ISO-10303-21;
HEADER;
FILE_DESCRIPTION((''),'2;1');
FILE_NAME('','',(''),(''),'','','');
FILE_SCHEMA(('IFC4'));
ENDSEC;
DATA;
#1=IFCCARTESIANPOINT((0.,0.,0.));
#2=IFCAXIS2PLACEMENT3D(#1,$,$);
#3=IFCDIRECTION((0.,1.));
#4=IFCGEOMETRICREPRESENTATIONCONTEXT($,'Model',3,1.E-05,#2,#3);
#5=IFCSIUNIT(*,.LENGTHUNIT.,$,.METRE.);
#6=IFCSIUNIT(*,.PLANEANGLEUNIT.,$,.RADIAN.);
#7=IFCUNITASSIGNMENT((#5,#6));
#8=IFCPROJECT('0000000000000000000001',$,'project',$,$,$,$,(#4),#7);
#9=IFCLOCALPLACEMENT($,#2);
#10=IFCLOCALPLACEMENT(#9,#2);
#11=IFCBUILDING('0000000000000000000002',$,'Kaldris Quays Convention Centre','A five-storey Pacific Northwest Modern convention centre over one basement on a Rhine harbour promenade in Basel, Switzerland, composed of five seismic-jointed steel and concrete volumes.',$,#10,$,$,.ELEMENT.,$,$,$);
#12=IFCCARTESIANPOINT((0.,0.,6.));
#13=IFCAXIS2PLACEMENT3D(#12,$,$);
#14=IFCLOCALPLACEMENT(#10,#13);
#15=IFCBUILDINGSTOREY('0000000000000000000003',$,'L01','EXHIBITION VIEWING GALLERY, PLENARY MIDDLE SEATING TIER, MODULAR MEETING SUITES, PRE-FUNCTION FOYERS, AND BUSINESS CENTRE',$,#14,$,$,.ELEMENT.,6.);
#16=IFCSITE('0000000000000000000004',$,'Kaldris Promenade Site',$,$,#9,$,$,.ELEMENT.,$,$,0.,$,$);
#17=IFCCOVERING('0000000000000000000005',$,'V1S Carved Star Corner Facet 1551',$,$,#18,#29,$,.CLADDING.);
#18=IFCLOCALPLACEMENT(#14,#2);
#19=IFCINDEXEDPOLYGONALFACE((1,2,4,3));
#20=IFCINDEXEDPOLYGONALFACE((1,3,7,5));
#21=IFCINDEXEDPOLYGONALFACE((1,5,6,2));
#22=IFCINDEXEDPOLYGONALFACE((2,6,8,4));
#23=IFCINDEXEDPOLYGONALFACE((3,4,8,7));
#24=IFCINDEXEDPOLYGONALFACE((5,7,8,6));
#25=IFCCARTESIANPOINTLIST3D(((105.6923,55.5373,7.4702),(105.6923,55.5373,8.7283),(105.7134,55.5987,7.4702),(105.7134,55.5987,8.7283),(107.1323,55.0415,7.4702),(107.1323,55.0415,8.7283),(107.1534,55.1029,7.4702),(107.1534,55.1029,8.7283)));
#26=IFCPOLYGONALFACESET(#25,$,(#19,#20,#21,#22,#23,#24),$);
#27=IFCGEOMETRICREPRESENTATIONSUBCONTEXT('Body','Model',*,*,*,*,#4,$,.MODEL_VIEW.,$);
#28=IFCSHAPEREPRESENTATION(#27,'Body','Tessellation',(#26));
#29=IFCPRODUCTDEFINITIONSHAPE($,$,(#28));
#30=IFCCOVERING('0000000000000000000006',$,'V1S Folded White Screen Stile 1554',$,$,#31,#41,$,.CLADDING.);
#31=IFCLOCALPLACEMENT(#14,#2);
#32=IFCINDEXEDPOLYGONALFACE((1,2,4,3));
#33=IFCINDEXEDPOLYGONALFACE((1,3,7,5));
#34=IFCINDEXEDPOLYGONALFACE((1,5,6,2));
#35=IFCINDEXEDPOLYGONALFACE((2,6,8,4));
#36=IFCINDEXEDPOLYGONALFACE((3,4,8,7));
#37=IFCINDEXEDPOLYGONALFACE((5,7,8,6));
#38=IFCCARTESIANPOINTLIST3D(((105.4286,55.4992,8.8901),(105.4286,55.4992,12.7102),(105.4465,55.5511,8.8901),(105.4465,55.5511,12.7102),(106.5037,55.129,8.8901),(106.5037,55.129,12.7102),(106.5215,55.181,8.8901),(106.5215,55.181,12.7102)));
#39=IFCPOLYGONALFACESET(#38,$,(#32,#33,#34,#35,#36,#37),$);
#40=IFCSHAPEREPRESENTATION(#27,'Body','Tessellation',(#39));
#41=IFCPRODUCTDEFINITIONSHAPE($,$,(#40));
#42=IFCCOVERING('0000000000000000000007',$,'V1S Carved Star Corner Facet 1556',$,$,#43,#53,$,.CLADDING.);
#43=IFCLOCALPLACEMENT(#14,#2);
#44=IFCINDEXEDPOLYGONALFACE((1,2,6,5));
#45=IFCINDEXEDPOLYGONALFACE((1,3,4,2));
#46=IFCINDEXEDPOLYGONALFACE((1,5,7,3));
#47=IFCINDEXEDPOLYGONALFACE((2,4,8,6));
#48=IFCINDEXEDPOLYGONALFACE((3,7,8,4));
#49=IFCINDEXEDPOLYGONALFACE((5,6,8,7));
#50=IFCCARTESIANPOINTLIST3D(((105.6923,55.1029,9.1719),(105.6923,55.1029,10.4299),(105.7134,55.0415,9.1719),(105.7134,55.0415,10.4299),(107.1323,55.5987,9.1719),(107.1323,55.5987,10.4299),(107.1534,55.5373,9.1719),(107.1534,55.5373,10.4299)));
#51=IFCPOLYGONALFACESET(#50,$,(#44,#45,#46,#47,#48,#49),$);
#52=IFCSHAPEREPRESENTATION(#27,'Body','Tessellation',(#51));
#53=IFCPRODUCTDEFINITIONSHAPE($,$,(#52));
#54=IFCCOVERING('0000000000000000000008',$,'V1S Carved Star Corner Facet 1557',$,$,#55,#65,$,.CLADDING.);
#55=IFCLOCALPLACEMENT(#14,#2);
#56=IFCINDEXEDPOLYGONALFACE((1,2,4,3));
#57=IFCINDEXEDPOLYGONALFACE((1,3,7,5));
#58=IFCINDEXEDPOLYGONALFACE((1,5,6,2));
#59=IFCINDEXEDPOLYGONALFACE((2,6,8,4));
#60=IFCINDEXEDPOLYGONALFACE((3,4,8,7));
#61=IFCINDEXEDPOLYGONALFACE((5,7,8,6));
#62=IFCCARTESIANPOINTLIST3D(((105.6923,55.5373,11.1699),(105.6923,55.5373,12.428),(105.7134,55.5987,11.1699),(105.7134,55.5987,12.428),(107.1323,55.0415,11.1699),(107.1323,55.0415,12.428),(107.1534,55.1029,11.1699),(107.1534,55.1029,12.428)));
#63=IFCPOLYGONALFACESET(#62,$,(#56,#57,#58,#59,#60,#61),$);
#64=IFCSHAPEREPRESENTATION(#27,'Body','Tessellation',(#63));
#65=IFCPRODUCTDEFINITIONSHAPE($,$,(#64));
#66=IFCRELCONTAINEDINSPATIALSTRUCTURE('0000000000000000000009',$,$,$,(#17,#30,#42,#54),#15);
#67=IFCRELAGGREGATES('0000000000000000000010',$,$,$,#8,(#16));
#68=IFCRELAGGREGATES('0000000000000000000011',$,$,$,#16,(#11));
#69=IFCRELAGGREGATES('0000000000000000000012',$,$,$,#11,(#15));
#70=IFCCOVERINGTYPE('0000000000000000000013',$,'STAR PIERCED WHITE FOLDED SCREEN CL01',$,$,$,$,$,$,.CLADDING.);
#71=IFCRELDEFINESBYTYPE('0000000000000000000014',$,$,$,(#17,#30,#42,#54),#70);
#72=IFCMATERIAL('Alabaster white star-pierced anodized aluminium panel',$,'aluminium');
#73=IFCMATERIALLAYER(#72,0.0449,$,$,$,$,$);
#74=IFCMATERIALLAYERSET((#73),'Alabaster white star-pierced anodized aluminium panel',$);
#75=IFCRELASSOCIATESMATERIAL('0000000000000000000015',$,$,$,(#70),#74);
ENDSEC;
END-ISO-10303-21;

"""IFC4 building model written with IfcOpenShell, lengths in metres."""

from ifc_helpers import new_model, si_unit, direction, frame, origin, origin_2d, place, context, subcontext, project, spatial, rectangle, extrude, material, layer, layer_set, type_object, element, save


model = new_model("IFC4")

# Units and contexts
model_context = context("Model", 3, precision=1e-05, world=origin(), true_north=direction((0.0, 1.0)))
body_context = subcontext(model_context, "Body", "Model", "MODEL_VIEW")
ifc_project = project(units=[si_unit("LENGTHUNIT", "METRE"), si_unit("PLANEANGLEUNIT", "RADIAN")], contexts=[model_context])

# Site, building, storey
site_placement = place(None, origin())
site = spatial("IfcSite", under=ifc_project, at=site_placement, Name="Kaldris Promenade Site", CompositionType="ELEMENT", RefElevation=0.0)
building_placement = place(site_placement, origin())
building = spatial("IfcBuilding", under=site, at=building_placement, Name="Kaldris Quays Convention Centre", Description="A five-storey Pacific Northwest Modern convention centre over one basement on a Rhine harbour promenade in Basel, Switzerland, composed of five seismic-jointed steel and concrete volumes.", CompositionType="ELEMENT")
storey_placement = place(building_placement, frame((0.0, 0.0, 6.0)))
storey = spatial("IfcBuildingStorey", under=building, at=storey_placement, Name="L01", Description="EXHIBITION VIEWING GALLERY, PLENARY MIDDLE SEATING TIER, MODULAR MEETING SUITES, PRE-FUNCTION FOYERS, AND BUSINESS CENTRE", CompositionType="ELEMENT", Elevation=6.0)

# Coverings
ifc_material_1 = material(Name="Alabaster white star-pierced anodized aluminium panel", Category="aluminium")
ifc_layer = layer(ifc_material_1, 0.0449)
ifc_layer_set = layer_set([ifc_layer], Name="Alabaster white star-pierced anodized aluminium panel")
covering_type = type_object("IfcCoveringType", Name="STAR PIERCED WHITE FOLDED SCREEN CL01", PredefinedType="CLADDING", material=ifc_layer_set)
for number, where, z_axis, x_axis, name in (
    (1, (106.4229, 55.3201, 7.4702), (0.0, 0.0, 1.0), (0.945519, -0.325568, 0.0), "V1S Carved Star Corner Facet 1551"),
):
    element("IfcCovering", number, at=place(storey_placement, frame(where, z_axis=z_axis, x_axis=x_axis)), inside=storey, type_object=covering_type, Name=name, PredefinedType="CLADDING", context=body_context, shape_type="SweptSolid", body=[
        extrude(rectangle(XDim=1.5229, YDim=0.0649, at=origin_2d()), origin(), (0.0, 0.0, 1.0), 1.2581),
    ])
covering_1_placement = place(storey_placement, frame((105.9751, 55.3401, 8.8901), z_axis=(0.0, 0.0, 1.0), x_axis=(0.945519, -0.325568, 0.0)))
element("IfcCovering", 2, at=covering_1_placement, inside=storey, type_object=covering_type, Name="V1S Folded White Screen Stile 1554", PredefinedType="CLADDING", context=body_context, shape_type="SweptSolid", body=[
    extrude(rectangle(XDim=1.137, YDim=0.0549, at=origin_2d()), origin(), (0.0, 0.0, 1.0), 3.8201),
])
for number, where, z_axis, x_axis, name in (
    (3, (106.4229, 55.3201, 9.1719), (0.0, 0.0, 1.0), (0.945519, 0.325568, 0.0), "V1S Carved Star Corner Facet 1556"),
    (4, (106.4229, 55.3201, 11.1699), (0.0, 0.0, 1.0), (0.945519, -0.325568, 0.0), "V1S Carved Star Corner Facet 1557"),
):
    element("IfcCovering", number, at=place(storey_placement, frame(where, z_axis=z_axis, x_axis=x_axis)), inside=storey, type_object=covering_type, Name=name, PredefinedType="CLADDING", context=body_context, shape_type="SweptSolid", body=[
        extrude(rectangle(XDim=1.5229, YDim=0.0649, at=origin_2d()), origin(), (0.0, 0.0, 1.0), 1.2581),
    ])

save(model, "model.ifc")
